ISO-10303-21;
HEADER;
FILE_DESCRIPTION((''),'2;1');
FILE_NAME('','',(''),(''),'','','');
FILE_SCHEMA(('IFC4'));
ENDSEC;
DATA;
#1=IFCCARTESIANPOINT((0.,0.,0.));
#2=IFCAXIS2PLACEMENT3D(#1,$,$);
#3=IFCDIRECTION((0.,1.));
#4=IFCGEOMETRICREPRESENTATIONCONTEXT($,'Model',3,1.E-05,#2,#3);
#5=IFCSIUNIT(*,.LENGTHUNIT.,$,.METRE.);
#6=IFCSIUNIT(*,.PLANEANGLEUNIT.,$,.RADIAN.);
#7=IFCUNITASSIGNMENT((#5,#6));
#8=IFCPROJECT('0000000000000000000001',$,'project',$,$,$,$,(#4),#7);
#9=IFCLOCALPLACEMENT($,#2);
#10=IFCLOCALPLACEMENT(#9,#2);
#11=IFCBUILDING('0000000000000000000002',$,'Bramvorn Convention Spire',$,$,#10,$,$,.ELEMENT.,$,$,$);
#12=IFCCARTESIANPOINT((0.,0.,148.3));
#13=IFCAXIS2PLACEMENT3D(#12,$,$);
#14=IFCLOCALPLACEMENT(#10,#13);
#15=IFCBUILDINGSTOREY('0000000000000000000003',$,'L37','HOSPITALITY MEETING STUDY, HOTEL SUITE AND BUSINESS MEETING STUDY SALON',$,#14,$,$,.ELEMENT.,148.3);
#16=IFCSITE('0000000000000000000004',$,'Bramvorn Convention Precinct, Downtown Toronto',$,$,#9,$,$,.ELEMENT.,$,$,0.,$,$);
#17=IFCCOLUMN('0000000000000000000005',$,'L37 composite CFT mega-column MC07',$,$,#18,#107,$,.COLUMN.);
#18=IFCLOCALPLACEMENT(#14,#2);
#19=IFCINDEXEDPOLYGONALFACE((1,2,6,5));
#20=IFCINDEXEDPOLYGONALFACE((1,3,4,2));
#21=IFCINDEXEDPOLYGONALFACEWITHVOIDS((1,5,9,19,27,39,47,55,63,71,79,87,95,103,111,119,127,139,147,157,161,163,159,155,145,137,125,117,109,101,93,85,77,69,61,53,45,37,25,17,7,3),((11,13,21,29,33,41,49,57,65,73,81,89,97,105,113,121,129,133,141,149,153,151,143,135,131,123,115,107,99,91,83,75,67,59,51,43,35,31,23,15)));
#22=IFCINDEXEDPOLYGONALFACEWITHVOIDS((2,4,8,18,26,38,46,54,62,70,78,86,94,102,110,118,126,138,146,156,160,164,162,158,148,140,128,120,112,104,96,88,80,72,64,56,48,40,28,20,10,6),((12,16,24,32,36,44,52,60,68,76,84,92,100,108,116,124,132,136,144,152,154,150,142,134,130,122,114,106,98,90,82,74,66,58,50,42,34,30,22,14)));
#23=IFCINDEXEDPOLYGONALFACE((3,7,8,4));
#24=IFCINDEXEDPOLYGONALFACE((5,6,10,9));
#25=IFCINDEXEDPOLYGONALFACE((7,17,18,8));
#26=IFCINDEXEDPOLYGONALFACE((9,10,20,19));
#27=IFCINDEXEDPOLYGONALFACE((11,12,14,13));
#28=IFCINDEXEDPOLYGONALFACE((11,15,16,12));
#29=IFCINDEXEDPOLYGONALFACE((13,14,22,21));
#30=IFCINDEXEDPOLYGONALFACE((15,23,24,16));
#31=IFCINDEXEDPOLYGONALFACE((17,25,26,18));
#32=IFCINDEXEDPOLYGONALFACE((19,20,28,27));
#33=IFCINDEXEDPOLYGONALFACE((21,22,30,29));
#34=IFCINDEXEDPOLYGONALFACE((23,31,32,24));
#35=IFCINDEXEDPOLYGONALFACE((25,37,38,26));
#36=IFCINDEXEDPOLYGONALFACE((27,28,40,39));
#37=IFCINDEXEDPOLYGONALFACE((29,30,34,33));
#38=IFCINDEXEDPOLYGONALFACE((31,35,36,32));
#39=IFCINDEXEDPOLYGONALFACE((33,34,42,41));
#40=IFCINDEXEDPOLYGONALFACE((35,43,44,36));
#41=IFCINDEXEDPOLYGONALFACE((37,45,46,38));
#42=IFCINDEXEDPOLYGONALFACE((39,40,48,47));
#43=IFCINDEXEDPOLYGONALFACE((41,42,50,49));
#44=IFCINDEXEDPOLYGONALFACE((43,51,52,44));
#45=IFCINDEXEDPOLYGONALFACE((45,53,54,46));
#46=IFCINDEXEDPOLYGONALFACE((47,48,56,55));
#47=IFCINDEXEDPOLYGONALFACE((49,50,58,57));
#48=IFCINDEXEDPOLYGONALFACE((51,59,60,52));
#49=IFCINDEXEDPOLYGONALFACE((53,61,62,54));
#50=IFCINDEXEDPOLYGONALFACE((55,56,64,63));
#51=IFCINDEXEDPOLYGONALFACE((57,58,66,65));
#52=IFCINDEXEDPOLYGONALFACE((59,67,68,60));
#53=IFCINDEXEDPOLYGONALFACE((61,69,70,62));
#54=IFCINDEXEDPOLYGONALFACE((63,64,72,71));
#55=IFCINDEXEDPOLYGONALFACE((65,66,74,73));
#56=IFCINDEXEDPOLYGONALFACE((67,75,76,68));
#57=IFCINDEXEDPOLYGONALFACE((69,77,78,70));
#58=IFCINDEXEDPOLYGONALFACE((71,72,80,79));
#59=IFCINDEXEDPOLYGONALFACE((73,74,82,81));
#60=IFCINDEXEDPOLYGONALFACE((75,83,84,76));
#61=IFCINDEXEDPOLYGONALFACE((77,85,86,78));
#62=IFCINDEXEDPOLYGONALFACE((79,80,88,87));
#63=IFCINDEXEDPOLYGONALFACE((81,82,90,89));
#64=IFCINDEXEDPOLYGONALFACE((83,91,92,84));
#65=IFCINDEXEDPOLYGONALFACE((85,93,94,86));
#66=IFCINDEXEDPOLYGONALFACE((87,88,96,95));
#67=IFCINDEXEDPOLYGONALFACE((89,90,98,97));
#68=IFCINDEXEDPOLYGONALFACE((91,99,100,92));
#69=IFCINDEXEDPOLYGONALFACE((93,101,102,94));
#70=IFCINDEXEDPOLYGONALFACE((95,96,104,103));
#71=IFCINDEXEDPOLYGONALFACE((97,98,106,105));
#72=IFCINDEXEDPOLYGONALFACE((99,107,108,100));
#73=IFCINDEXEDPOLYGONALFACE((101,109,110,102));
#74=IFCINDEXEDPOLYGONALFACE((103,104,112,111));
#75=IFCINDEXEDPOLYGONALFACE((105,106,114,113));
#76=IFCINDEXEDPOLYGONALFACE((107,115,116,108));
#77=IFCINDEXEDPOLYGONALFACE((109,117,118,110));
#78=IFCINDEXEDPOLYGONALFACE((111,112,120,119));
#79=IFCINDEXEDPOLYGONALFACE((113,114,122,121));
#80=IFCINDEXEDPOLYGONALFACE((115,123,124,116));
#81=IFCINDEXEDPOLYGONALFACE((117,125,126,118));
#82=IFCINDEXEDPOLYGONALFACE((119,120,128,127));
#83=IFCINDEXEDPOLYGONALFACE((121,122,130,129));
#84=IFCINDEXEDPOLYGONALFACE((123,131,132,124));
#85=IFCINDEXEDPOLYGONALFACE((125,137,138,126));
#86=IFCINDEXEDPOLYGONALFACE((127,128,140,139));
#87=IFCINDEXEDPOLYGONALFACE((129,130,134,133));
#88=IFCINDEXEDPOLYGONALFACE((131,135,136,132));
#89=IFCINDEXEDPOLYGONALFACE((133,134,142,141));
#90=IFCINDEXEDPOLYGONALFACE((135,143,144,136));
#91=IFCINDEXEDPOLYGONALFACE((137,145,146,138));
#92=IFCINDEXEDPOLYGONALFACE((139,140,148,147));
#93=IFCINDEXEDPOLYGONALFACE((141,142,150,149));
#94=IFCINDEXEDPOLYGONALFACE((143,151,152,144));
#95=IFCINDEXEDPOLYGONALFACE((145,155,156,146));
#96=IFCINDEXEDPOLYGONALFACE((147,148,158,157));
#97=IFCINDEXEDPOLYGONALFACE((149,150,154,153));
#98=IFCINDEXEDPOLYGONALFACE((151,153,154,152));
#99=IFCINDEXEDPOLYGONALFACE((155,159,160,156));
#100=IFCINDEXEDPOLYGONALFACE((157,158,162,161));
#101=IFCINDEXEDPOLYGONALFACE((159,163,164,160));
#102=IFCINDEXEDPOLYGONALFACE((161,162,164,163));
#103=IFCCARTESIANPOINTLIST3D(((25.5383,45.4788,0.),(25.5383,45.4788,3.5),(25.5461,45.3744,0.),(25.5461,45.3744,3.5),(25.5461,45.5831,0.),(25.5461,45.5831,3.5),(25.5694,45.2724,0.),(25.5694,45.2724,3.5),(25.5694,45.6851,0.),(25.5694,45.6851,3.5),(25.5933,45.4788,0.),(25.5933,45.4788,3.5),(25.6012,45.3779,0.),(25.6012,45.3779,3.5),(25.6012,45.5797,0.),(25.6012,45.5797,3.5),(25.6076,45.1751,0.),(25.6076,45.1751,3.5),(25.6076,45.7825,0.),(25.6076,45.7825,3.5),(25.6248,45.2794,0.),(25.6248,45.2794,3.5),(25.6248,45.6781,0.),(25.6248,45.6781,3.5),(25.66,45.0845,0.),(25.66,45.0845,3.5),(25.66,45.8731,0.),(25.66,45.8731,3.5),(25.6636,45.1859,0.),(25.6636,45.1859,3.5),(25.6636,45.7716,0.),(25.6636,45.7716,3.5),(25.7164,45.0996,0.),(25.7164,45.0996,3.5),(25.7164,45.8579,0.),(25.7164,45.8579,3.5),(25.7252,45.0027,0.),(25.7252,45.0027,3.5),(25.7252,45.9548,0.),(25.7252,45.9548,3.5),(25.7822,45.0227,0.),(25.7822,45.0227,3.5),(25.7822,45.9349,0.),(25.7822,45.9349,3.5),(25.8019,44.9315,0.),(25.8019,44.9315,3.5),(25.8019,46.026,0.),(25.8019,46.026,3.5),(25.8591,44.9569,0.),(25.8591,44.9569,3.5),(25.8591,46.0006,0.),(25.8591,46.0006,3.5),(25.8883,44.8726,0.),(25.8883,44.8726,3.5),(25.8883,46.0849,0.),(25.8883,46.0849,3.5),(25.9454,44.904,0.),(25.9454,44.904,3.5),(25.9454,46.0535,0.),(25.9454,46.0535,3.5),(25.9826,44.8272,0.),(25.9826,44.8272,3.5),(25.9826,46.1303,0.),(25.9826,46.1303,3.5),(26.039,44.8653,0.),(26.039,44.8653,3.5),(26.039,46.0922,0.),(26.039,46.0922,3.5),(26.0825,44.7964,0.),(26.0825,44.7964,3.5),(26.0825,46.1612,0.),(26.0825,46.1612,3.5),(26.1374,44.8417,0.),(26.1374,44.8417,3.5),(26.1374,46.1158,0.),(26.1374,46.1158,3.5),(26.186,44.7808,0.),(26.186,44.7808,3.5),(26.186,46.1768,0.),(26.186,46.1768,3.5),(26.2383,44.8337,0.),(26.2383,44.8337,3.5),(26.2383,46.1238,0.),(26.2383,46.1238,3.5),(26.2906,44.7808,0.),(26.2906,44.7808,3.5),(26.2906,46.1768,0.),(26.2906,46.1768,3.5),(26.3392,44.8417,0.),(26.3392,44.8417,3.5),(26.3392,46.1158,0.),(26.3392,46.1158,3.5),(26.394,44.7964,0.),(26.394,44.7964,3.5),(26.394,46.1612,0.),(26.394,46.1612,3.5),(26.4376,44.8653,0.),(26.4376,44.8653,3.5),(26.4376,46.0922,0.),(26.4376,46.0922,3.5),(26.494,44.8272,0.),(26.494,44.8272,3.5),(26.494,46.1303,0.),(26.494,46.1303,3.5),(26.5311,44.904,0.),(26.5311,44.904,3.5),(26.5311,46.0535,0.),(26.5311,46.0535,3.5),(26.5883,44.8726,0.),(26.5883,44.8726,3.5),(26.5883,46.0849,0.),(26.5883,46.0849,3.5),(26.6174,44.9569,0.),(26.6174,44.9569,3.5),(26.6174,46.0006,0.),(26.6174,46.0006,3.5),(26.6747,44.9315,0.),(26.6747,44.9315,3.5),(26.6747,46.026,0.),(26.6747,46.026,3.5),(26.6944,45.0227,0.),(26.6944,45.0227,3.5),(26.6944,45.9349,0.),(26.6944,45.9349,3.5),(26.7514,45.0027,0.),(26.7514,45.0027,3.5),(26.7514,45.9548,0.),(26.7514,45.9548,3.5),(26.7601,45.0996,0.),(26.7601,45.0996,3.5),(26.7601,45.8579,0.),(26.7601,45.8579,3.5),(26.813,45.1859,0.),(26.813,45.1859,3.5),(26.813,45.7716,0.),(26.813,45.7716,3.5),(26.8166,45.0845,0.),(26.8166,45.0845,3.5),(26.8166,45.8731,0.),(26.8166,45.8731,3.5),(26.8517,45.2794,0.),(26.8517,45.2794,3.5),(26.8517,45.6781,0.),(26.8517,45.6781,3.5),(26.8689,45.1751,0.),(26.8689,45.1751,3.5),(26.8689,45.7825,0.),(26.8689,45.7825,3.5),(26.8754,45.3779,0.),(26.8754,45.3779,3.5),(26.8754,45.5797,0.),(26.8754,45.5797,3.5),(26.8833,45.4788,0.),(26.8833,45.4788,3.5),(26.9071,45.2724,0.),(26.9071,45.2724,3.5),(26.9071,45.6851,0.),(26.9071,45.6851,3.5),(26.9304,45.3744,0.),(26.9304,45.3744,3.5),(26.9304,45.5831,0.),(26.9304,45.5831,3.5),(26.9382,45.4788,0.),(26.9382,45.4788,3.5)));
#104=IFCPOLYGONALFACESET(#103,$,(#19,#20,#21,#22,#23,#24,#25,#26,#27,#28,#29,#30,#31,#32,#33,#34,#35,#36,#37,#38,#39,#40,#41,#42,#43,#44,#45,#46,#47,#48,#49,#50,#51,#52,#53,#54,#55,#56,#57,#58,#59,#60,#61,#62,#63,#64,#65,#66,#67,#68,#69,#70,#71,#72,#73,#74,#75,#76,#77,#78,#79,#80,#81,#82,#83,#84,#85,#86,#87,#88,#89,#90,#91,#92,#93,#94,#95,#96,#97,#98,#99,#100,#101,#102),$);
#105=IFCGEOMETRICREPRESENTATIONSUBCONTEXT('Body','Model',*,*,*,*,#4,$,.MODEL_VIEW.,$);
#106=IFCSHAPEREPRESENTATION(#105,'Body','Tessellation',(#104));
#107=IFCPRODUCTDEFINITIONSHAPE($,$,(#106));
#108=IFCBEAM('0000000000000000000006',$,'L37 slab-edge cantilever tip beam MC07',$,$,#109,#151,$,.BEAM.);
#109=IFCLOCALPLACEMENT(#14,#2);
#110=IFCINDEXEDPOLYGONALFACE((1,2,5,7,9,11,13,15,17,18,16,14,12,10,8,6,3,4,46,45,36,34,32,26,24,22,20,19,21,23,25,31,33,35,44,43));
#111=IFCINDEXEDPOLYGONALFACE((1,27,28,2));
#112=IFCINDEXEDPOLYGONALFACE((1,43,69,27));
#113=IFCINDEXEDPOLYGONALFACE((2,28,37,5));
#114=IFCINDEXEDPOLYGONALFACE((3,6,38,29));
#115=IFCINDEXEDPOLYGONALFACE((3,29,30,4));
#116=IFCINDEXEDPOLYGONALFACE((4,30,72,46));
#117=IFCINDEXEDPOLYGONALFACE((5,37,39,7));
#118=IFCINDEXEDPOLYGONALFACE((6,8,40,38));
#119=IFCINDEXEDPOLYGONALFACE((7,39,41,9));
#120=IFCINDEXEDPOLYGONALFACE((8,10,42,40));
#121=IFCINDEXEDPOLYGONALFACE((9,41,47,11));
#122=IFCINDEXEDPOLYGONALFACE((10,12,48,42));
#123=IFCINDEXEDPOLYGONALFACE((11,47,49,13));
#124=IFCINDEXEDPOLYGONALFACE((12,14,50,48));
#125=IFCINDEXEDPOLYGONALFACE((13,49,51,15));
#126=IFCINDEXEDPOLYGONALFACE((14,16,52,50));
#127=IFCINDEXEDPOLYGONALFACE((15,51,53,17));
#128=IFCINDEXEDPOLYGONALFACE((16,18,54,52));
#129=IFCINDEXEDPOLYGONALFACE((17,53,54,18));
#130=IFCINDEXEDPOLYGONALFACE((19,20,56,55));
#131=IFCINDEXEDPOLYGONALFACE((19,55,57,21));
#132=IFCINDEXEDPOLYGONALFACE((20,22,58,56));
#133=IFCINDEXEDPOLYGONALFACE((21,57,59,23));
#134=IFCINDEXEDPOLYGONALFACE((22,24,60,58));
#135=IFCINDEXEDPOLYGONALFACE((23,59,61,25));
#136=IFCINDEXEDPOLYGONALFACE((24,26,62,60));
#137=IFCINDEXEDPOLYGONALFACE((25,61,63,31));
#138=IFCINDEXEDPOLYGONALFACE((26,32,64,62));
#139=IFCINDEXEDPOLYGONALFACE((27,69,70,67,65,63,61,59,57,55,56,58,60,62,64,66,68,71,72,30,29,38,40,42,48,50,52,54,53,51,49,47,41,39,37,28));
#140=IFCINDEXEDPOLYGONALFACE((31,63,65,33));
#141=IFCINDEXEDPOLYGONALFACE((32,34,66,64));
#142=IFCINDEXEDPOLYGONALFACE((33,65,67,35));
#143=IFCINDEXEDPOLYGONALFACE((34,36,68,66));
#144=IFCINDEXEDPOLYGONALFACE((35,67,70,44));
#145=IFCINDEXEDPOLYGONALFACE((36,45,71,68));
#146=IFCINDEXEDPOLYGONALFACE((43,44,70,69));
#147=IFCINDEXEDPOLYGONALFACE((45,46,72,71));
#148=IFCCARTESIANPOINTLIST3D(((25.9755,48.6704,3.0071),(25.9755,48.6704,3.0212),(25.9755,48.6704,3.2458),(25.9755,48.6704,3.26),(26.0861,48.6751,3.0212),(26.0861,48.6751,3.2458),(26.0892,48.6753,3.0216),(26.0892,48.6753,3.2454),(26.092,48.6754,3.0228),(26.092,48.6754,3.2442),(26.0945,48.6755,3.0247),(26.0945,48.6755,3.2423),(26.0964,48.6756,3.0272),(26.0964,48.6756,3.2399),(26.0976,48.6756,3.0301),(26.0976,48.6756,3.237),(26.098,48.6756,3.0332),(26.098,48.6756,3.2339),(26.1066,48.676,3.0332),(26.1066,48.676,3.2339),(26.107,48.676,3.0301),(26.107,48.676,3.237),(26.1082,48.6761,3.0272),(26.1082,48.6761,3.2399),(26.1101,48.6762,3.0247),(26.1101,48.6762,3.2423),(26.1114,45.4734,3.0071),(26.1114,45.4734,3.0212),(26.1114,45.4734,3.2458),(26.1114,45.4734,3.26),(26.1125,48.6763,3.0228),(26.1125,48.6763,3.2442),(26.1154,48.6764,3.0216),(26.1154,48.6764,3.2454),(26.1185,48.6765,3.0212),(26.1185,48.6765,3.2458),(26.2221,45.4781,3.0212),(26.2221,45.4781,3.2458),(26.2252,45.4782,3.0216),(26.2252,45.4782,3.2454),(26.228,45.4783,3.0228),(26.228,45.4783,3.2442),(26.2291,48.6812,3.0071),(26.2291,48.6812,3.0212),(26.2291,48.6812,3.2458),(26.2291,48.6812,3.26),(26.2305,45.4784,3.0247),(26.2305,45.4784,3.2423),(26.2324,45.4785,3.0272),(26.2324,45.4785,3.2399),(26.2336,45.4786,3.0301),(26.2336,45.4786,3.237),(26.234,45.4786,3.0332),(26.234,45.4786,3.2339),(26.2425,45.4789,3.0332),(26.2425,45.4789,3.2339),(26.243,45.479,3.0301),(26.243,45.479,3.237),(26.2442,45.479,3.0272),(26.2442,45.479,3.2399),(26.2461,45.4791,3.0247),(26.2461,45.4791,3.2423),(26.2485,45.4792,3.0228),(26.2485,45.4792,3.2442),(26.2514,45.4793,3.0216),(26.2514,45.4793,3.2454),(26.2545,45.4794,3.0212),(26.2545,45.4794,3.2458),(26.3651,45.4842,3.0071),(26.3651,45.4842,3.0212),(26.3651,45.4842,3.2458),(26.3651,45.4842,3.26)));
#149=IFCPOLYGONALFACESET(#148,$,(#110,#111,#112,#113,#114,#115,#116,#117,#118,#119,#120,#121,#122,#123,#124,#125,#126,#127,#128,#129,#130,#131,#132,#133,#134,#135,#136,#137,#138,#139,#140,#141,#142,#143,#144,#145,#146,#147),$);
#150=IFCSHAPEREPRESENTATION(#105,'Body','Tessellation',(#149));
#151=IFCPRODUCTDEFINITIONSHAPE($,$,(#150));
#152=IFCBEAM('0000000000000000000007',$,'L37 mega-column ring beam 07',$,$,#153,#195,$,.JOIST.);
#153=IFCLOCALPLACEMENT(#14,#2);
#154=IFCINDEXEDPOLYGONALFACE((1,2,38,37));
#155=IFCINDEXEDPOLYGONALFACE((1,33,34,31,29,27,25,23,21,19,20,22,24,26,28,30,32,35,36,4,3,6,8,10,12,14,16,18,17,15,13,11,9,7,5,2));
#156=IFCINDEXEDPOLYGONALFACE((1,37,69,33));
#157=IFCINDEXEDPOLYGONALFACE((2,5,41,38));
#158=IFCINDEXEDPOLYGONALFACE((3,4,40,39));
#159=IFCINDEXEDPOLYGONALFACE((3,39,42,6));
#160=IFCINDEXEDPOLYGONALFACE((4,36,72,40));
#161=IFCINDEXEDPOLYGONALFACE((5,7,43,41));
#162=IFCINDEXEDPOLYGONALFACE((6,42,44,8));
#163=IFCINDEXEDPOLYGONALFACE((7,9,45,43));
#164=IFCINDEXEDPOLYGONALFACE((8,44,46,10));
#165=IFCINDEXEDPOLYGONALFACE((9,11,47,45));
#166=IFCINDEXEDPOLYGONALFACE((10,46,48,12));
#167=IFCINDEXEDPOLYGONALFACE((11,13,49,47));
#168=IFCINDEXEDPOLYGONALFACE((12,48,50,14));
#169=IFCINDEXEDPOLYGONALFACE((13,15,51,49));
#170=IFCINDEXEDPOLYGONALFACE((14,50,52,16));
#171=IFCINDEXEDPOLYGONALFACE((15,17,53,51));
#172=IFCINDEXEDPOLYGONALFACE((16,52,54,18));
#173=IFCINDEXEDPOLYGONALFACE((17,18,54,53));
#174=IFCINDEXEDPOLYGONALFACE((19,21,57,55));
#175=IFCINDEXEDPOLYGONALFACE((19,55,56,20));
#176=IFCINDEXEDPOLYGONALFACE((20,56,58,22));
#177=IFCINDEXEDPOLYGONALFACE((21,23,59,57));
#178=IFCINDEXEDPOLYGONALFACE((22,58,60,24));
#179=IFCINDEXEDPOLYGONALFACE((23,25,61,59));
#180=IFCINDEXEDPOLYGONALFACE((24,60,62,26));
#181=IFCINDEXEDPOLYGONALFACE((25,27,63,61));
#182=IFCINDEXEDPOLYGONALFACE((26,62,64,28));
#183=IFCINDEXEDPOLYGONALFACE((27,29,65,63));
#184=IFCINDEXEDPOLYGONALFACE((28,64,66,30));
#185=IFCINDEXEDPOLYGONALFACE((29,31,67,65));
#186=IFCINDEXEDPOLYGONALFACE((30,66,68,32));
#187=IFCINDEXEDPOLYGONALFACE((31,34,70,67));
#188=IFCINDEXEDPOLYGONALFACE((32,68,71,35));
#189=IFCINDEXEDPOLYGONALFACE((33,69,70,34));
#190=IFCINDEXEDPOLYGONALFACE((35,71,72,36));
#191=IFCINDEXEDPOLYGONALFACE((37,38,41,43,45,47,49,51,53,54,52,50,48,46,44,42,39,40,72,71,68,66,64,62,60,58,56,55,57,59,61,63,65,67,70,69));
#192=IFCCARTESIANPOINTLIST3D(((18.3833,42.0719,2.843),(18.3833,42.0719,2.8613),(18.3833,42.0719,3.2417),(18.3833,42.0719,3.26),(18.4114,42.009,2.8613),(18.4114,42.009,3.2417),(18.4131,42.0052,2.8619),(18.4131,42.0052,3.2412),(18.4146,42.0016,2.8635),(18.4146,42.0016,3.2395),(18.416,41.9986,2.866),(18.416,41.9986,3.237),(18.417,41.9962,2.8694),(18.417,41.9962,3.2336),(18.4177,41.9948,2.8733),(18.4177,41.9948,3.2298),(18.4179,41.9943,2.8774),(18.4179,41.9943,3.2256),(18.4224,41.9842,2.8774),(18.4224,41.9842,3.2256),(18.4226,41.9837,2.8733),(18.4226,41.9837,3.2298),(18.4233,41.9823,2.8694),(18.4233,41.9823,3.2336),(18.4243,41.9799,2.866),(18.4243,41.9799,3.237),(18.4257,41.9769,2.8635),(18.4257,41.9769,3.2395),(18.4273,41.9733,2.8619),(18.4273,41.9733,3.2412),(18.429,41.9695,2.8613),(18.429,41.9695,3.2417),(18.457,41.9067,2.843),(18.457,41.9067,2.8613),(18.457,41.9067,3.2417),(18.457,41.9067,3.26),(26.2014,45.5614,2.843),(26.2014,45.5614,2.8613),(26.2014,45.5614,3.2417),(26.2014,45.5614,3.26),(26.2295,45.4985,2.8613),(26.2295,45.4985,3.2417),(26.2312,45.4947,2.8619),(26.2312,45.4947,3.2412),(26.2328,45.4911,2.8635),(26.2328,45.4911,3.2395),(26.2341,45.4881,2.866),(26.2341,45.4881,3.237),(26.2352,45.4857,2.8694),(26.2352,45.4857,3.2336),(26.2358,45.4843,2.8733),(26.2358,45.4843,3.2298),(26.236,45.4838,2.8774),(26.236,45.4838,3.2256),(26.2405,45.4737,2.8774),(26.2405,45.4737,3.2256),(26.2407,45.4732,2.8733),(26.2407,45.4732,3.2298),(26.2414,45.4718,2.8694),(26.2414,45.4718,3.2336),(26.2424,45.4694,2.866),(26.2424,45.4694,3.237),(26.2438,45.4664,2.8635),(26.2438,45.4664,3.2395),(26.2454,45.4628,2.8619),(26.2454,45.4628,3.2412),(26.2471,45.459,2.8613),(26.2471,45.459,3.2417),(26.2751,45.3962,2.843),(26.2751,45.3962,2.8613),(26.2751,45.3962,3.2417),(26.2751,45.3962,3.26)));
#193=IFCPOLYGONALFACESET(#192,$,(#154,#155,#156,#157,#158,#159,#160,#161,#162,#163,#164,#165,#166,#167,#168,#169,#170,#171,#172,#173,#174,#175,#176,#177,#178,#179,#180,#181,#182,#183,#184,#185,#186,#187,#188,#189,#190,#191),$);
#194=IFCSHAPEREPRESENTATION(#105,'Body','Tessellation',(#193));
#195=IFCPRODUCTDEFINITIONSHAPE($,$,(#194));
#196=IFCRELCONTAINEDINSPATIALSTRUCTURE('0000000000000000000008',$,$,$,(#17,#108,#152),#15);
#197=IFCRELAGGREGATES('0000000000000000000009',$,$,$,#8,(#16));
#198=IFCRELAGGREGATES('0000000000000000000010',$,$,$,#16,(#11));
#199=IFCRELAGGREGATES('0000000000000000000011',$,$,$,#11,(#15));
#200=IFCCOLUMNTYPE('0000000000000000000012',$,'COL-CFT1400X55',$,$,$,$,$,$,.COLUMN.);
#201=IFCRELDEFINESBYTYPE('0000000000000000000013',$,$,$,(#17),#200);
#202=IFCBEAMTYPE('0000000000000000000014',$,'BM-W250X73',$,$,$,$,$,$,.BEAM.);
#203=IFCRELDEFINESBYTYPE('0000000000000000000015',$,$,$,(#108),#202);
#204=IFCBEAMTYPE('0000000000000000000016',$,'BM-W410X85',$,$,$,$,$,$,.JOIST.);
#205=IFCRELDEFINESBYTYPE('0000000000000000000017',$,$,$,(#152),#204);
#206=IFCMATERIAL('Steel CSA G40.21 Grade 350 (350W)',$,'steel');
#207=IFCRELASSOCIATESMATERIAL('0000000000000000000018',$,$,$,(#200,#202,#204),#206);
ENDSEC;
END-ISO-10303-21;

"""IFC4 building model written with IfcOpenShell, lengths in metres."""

from ifc_helpers import new_model, si_unit, direction, frame, origin, origin_2d, place, context, subcontext, project, spatial, hollow_circle, i_section, extrude, material, material_profile, profile_set, type_object, element, save


model = new_model("IFC4")

# Units and contexts
model_context = context("Model", 3, precision=1e-05, world=origin(), true_north=direction((0.0, 1.0)))
body_context = subcontext(model_context, "Body", "Model", "MODEL_VIEW")
ifc_project = project(units=[si_unit("LENGTHUNIT", "METRE"), si_unit("PLANEANGLEUNIT", "RADIAN")], contexts=[model_context])

# Site, building, storey
site_placement = place(None, origin())
site = spatial("IfcSite", under=ifc_project, at=site_placement, Name="Bramvorn Convention Precinct, Downtown Toronto", CompositionType="ELEMENT", RefElevation=0.0)
building_placement = place(site_placement, origin())
building = spatial("IfcBuilding", under=site, at=building_placement, Name="Bramvorn Convention Spire", CompositionType="ELEMENT")
storey_placement = place(building_placement, frame((0.0, 0.0, 148.3)))
storey = spatial("IfcBuildingStorey", under=building, at=storey_placement, Name="L37", Description="HOSPITALITY MEETING STUDY, HOTEL SUITE AND BUSINESS MEETING STUDY SALON", CompositionType="ELEMENT", Elevation=148.3)

# Column
ifc_material_1 = material(Name="Steel CSA G40.21 Grade 350 (350W)", Category="steel")
ifc_material_profile_1 = material_profile(ifc_material_1, hollow_circle(Radius=0.7, WallThickness=0.0549, at=origin_2d()))
ifc_profile_set_1 = profile_set([ifc_material_profile_1], Name="Steel CSA G40.21 Grade 350 (350W) - CFT1400X55")
column_type = type_object("IfcColumnType", Name="COL-CFT1400X55", PredefinedType="COLUMN", material=ifc_profile_set_1)
column_placement = place(storey_placement, frame((26.2383, 45.4788, 0.0), z_axis=(0.0, 0.0, 1.0), x_axis=(1.0, 0.0, 0.0)))
element("IfcColumn", 1, at=column_placement, inside=storey, type_object=column_type, Name="L37 composite CFT mega-column MC07", PredefinedType="COLUMN", context=body_context, shape_type="SweptSolid", body=[
    extrude(hollow_circle(Radius=0.7, WallThickness=0.0549, at=origin_2d()), origin(), (0.0, 0.0, 1.0), 3.5),
])

# Beams
ifc_material_profile_2 = material_profile(ifc_material_1, i_section(OverallWidth=0.2539, OverallDepth=0.2529, WebThickness=0.0085, FlangeThickness=0.0142, FilletRadius=0.012, at=origin_2d()))
ifc_profile_set_2 = profile_set([ifc_material_profile_2], Name="Steel CSA G40.21 Grade 350 (350W) - W250X73")
beam_type_1 = type_object("IfcBeamType", Name="BM-W250X73", PredefinedType="BEAM", material=ifc_profile_set_2)
beam_1_placement = place(storey_placement, frame((26.2383, 45.4788, 3.1335), z_axis=(-0.042497, 0.999097, 0.0), x_axis=(-0.999097, -0.042497, 0.0)))
element("IfcBeam", 2, at=beam_1_placement, inside=storey, type_object=beam_type_1, Name="L37 slab-edge cantilever tip beam MC07", PredefinedType="BEAM", context=body_context, shape_type="SweptSolid", body=[
    extrude(i_section(OverallWidth=0.2539, OverallDepth=0.2529, WebThickness=0.0085, FlangeThickness=0.0142, FilletRadius=0.012, at=origin_2d()), origin(), (0.0, 0.0, 1.0), 3.2),
])
ifc_material_profile_3 = material_profile(ifc_material_1, i_section(OverallWidth=0.1809, OverallDepth=0.417, WebThickness=0.011, FlangeThickness=0.0183, FilletRadius=0.0161, at=origin_2d()))
ifc_profile_set_3 = profile_set([ifc_material_profile_3], Name="Steel CSA G40.21 Grade 350 (350W) - W410X85")
beam_type_2 = type_object("IfcBeamType", Name="BM-W410X85", PredefinedType="JOIST", material=ifc_profile_set_3)
beam_2_placement = place(storey_placement, frame((26.2383, 45.4788, 3.0515), z_axis=(-0.91317, -0.40758, 0.0), x_axis=(0.40758, -0.91317, 0.0)))
element("IfcBeam", 3, at=beam_2_placement, inside=storey, type_object=beam_type_2, Name="L37 mega-column ring beam 07", PredefinedType="JOIST", context=body_context, shape_type="SweptSolid", body=[
    extrude(i_section(OverallWidth=0.1809, OverallDepth=0.417, WebThickness=0.011, FlangeThickness=0.0183, FilletRadius=0.0161, at=origin_2d()), origin(), (0.0, 0.0, 1.0), 8.5615),
])

save(model, "model.ifc")
